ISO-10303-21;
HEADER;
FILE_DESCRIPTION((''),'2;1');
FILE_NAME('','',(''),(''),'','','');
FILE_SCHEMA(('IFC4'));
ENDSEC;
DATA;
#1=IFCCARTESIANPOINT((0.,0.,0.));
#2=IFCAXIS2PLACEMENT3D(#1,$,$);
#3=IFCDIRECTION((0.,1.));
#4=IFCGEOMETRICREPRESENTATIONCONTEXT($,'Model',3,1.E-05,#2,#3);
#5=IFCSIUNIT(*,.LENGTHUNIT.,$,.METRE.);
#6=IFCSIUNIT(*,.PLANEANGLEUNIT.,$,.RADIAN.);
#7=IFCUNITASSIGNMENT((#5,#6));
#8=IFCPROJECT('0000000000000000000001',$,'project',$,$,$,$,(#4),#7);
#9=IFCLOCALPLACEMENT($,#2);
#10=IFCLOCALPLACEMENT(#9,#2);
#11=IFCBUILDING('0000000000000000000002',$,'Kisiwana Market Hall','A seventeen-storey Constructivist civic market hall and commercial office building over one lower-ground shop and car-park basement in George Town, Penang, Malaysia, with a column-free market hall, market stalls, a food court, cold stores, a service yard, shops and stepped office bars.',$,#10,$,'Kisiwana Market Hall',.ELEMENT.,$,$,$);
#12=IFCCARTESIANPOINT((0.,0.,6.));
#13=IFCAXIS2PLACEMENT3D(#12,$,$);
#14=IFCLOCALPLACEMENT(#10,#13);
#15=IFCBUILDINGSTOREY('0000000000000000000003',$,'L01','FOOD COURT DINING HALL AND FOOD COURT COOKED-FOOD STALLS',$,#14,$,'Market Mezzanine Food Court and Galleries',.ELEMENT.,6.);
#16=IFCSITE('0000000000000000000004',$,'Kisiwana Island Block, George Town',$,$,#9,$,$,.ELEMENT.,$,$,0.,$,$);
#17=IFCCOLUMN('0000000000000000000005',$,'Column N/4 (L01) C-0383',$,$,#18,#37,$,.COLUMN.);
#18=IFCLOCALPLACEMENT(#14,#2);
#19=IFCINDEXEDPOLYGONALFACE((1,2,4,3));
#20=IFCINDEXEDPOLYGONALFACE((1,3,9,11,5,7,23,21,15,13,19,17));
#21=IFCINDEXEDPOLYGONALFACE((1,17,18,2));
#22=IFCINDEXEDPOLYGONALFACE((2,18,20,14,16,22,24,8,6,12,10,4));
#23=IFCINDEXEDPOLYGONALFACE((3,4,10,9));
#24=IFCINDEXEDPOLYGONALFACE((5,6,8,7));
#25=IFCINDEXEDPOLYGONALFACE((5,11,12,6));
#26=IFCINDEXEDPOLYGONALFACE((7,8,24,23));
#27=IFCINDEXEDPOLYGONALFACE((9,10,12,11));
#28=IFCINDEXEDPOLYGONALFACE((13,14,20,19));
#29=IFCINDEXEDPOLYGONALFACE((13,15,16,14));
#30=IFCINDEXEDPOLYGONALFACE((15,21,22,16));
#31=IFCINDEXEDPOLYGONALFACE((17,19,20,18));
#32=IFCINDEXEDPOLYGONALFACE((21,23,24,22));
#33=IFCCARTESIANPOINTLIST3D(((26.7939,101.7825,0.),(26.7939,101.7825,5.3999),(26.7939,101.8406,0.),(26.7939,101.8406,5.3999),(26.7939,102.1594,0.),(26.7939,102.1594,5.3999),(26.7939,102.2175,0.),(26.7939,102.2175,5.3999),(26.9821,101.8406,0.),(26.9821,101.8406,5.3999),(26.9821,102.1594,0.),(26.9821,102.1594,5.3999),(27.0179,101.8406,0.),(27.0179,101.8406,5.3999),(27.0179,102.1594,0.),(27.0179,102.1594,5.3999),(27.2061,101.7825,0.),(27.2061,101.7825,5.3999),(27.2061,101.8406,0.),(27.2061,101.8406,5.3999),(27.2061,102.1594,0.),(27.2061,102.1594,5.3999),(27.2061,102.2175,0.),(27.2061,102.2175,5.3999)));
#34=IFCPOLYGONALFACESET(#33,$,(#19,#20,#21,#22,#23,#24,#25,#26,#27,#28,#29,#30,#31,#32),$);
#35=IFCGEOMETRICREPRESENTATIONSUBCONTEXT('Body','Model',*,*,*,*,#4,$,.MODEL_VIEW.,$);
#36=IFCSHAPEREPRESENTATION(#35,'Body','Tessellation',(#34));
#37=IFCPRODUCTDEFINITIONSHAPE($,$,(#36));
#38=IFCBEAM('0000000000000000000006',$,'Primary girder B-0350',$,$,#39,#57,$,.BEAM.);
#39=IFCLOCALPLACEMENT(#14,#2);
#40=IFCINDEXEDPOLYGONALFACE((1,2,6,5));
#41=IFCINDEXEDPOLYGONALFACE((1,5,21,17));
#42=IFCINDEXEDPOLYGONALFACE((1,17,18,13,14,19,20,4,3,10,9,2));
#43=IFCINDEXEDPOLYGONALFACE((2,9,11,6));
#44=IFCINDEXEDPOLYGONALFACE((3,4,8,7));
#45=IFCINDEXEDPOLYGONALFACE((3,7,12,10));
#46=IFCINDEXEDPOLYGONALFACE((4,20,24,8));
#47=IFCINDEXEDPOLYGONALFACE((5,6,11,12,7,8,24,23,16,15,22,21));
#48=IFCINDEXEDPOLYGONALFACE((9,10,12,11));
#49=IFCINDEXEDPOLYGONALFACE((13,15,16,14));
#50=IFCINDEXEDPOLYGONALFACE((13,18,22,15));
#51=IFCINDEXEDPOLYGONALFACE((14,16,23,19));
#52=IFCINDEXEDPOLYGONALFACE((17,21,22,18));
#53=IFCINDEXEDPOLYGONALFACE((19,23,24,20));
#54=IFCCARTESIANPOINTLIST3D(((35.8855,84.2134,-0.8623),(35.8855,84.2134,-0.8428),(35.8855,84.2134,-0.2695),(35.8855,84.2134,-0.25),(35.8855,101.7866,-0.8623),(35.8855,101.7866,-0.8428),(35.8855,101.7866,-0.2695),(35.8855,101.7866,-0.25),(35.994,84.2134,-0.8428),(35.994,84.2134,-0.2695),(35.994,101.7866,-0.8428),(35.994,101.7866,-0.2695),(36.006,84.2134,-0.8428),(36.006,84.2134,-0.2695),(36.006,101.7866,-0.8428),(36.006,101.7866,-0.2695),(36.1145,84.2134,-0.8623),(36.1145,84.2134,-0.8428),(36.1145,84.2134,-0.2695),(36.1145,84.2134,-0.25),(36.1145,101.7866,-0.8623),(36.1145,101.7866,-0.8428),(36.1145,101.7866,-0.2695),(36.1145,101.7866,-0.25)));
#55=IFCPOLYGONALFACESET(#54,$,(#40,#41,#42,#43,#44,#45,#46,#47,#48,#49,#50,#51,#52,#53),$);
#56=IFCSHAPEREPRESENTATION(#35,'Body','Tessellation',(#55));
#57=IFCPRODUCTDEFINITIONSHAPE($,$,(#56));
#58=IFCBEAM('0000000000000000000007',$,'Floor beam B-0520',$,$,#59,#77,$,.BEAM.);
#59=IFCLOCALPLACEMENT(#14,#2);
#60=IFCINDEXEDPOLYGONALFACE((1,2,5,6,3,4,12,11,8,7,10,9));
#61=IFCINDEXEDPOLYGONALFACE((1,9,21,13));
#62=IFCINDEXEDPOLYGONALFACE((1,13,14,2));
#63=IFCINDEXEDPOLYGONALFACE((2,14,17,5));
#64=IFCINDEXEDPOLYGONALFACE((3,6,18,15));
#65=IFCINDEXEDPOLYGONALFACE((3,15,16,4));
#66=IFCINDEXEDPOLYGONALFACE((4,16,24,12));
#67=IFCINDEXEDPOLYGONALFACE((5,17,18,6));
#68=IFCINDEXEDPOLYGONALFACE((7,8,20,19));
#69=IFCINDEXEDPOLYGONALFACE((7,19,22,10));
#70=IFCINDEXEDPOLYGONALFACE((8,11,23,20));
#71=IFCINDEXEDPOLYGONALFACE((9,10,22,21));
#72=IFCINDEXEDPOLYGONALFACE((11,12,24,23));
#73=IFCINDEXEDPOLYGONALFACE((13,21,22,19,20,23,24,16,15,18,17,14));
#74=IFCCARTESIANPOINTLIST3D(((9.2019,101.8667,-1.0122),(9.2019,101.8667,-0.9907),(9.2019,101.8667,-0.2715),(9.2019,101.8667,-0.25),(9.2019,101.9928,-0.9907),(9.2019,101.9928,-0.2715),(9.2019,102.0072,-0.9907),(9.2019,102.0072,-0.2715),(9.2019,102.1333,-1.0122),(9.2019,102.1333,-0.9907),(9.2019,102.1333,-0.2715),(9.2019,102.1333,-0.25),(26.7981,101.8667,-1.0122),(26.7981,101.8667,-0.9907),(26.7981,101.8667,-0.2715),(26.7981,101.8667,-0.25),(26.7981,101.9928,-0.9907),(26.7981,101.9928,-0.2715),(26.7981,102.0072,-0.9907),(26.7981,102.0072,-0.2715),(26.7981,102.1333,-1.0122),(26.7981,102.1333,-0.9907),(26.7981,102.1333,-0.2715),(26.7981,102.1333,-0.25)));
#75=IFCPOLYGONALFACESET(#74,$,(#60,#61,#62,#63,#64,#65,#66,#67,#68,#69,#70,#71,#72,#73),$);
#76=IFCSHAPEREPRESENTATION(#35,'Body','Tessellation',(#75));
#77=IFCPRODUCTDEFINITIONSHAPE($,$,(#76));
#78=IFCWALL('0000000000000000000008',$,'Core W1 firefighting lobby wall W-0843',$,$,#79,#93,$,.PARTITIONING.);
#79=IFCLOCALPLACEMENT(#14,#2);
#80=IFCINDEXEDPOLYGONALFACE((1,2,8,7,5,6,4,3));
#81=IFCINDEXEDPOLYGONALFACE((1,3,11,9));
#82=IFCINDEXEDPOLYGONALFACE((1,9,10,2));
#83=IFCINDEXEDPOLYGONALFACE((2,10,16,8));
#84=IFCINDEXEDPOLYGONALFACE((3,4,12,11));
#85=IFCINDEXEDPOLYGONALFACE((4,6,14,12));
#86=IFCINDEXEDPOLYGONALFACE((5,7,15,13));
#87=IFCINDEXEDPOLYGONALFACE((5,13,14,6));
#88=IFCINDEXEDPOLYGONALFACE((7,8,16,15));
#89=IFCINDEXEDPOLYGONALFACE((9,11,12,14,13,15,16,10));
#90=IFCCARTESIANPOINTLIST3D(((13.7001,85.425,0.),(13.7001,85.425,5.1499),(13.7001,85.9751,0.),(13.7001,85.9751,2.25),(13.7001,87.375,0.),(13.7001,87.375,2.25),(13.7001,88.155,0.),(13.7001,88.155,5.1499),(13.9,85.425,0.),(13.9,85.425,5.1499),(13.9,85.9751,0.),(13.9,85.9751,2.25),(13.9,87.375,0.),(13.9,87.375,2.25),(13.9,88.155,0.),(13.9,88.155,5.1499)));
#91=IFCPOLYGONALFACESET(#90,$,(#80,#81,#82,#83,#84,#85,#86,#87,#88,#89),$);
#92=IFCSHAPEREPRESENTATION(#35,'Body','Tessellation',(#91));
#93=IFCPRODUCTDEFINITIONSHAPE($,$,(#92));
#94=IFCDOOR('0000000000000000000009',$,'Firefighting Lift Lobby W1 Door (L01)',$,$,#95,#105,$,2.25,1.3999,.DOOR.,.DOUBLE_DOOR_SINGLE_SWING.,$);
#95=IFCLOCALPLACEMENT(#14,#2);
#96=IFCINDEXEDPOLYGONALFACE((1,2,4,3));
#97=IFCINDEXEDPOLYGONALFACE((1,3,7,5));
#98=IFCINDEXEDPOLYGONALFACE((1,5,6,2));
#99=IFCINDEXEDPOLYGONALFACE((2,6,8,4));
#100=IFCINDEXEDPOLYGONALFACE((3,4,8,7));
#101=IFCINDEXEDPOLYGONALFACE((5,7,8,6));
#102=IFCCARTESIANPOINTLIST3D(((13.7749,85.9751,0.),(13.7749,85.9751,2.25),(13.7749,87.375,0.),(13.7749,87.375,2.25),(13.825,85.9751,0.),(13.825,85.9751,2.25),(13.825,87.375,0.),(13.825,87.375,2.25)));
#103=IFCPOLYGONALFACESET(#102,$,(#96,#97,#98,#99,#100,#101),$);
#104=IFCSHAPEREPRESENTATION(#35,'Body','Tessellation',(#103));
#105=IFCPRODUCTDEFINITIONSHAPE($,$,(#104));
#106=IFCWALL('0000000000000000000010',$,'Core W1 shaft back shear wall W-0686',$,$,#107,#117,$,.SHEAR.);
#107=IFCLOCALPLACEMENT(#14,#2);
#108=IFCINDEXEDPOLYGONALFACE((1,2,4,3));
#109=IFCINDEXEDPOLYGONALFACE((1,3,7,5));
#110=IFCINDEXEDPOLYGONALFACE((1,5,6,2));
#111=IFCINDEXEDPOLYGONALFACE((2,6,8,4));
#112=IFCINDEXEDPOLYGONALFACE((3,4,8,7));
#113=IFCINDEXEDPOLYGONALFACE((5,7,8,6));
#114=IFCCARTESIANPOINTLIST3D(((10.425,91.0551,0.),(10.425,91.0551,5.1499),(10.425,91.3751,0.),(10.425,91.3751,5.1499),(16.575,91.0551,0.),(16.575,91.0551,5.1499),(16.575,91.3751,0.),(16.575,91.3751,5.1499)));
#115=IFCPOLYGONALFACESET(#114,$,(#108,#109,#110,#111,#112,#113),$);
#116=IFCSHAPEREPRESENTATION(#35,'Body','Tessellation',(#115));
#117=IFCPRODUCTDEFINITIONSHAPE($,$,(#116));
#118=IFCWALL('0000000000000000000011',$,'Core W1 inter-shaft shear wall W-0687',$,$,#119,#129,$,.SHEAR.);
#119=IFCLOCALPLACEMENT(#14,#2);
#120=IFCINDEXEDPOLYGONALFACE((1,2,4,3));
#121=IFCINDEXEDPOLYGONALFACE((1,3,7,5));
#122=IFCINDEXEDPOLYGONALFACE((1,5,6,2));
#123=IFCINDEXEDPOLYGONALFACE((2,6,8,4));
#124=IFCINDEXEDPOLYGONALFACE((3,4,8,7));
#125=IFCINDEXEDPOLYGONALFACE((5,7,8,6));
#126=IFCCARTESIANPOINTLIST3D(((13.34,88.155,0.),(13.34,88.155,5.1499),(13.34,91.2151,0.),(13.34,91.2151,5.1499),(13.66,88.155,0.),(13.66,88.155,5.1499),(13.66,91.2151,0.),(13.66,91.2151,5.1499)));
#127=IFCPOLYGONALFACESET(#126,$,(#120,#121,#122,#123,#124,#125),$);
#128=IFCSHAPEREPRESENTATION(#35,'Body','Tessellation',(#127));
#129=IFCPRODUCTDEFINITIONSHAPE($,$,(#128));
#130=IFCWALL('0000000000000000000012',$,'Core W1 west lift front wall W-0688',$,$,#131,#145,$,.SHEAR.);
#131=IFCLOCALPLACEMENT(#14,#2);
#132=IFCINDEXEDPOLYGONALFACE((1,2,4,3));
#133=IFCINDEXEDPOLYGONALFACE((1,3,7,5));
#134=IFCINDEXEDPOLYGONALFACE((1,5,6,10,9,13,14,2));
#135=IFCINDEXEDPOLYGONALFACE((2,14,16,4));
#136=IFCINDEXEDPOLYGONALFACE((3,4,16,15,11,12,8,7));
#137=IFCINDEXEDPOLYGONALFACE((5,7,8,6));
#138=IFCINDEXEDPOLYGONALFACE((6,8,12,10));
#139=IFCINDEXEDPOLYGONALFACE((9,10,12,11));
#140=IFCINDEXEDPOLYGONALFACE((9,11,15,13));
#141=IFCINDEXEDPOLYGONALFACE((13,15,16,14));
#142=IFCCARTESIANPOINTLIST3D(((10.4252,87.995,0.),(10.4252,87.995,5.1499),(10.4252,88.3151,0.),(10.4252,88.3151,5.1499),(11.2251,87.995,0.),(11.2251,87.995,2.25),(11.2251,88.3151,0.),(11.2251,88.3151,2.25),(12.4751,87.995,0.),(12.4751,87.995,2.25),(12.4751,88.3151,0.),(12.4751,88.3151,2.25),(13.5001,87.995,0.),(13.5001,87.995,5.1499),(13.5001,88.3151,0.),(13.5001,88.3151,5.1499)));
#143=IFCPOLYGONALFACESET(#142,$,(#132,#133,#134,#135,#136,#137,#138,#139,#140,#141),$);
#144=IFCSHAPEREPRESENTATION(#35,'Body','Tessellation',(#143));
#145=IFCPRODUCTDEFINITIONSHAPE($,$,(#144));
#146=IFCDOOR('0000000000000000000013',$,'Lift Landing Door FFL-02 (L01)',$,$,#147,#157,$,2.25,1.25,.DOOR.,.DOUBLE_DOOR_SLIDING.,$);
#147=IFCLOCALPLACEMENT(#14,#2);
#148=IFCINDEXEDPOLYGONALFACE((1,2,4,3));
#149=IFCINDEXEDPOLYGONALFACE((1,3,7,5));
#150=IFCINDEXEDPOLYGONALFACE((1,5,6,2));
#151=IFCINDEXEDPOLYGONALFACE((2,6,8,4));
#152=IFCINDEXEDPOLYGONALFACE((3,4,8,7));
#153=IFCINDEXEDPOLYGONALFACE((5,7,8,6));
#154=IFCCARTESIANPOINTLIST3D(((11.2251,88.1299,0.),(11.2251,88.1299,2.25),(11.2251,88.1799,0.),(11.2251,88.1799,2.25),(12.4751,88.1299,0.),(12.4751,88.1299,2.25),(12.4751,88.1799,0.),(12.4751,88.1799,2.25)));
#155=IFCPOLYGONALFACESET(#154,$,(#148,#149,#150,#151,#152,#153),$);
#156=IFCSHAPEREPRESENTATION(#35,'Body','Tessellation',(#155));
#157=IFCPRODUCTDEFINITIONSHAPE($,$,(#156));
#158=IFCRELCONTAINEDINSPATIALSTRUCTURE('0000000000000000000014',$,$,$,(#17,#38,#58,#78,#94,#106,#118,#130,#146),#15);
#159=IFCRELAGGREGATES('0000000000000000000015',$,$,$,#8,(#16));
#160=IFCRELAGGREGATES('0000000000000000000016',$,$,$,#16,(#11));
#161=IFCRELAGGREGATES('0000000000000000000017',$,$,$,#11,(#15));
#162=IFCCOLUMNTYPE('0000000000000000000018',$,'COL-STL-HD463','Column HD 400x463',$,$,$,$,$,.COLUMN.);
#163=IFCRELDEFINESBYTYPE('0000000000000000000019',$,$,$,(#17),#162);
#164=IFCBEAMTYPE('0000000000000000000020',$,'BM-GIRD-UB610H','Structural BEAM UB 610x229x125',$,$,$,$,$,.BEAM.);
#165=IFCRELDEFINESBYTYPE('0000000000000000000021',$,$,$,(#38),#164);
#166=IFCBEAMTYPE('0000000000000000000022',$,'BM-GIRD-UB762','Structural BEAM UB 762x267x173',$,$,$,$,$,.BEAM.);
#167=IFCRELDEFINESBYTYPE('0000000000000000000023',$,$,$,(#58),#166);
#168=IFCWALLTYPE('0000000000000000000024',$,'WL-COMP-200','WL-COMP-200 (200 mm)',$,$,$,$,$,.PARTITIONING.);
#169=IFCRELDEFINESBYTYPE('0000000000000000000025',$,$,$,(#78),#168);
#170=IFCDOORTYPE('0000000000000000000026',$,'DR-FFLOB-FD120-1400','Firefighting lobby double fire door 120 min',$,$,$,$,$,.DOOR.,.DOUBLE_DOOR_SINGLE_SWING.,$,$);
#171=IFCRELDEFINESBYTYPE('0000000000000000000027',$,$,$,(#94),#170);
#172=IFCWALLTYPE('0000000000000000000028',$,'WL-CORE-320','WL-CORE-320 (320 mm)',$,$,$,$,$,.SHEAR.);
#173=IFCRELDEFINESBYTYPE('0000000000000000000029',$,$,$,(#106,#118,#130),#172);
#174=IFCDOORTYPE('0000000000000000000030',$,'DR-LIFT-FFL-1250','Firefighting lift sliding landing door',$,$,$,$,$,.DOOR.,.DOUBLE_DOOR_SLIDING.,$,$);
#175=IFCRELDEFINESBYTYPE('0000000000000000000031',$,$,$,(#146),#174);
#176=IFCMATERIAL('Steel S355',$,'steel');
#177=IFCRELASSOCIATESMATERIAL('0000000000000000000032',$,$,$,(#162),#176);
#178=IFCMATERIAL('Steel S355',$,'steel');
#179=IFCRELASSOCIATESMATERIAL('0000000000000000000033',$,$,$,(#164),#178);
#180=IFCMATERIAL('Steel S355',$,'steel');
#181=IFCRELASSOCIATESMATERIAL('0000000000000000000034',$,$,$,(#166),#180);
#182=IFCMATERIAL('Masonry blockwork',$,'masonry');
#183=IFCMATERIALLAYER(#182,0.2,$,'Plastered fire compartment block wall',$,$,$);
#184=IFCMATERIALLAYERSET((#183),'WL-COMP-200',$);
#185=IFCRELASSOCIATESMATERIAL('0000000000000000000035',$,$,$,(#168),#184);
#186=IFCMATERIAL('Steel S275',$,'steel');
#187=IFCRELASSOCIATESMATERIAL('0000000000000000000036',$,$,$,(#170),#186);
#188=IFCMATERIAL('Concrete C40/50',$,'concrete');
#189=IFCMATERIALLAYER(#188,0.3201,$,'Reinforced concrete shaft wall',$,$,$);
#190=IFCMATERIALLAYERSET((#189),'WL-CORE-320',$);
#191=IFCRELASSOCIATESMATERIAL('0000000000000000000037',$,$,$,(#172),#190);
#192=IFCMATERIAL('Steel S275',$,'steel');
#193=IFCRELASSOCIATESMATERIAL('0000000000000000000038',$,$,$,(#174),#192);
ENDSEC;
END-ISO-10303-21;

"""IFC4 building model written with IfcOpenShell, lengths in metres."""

from ifc_helpers import new_model, si_unit, direction, frame, frame_2d, origin, origin_2d, place, context, subcontext, project, spatial, rectangle, i_section, extrude, material, layer, layer_set, material_profile, profile_set, type_object, element, fill, save


model = new_model("IFC4")

# Units and contexts
model_context = context("Model", 3, precision=1e-05, world=origin(), true_north=direction((0.0, 1.0)))
body_context = subcontext(model_context, "Body", "Model", "MODEL_VIEW")
ifc_project = project(units=[si_unit("LENGTHUNIT", "METRE"), si_unit("PLANEANGLEUNIT", "RADIAN")], contexts=[model_context])

# Site, building, storey
site_placement = place(None, origin())
site = spatial("IfcSite", under=ifc_project, at=site_placement, Name="Kisiwana Island Block, George Town", CompositionType="ELEMENT", RefElevation=0.0)
building_placement = place(site_placement, origin())
building = spatial("IfcBuilding", under=site, at=building_placement, Name="Kisiwana Market Hall", Description="A seventeen-storey Constructivist civic market hall and commercial office building over one lower-ground shop and car-park basement in George Town, Penang, Malaysia, with a column-free market hall, market stalls, a food court, cold stores, a service yard, shops and stepped office bars.", LongName="Kisiwana Market Hall", CompositionType="ELEMENT")
storey_placement = place(building_placement, frame((0.0, 0.0, 6.0)))
storey = spatial("IfcBuildingStorey", under=building, at=storey_placement, Name="L01", Description="FOOD COURT DINING HALL AND FOOD COURT COOKED-FOOD STALLS", LongName="Market Mezzanine Food Court and Galleries", CompositionType="ELEMENT", Elevation=6.0)

# Column
ifc_material_1 = material(Name="Steel S355", Category="steel")
ifc_material_profile_1 = material_profile(ifc_material_1, i_section(OverallWidth=0.4121, OverallDepth=0.4351, WebThickness=0.0359, FlangeThickness=0.0581, at=origin_2d()), Name="HD 400x463")
ifc_profile_set_1 = profile_set([ifc_material_profile_1], Name="Steel S355")
column_type = type_object("IfcColumnType", Name="COL-STL-HD463", Description="Column HD 400x463", PredefinedType="COLUMN", material=ifc_profile_set_1)
column_placement = place(storey_placement, frame((27.0, 102.0, 0.0), z_axis=(0.0, 0.0, 1.0), x_axis=(1.0, 0.0, 0.0)))
element("IfcColumn", 1, at=column_placement, inside=storey, type_object=column_type, Name="Column N/4 (L01) C-0383", PredefinedType="COLUMN", context=body_context, shape_type="SweptSolid", body=[
    extrude(i_section(OverallWidth=0.4121, OverallDepth=0.4351, WebThickness=0.0359, FlangeThickness=0.0581, at=origin_2d()), origin(), (0.0, 0.0, 1.0), 5.3999),
])

# Beams
ifc_material_2 = material(Name="Steel S355", Category="steel")
ifc_material_profile_2 = material_profile(ifc_material_2, i_section(OverallWidth=0.229, OverallDepth=0.6123, WebThickness=0.012, FlangeThickness=0.0195, at=origin_2d()), Name="UB 610x229x125")
ifc_profile_set_2 = profile_set([ifc_material_profile_2], Name="Steel S355")
beam_type_1 = type_object("IfcBeamType", Name="BM-GIRD-UB610H", Description="Structural BEAM UB 610x229x125", PredefinedType="BEAM", material=ifc_profile_set_2)
beam_1_placement = place(storey_placement, frame((36.0, 84.2134, -0.5562), z_axis=(0.0, 1.0, 0.0), x_axis=(-1.0, 0.0, 0.0)))
element("IfcBeam", 2, at=beam_1_placement, inside=storey, type_object=beam_type_1, Name="Primary girder B-0350", PredefinedType="BEAM", context=body_context, shape_type="SweptSolid", body=[
    extrude(i_section(OverallWidth=0.229, OverallDepth=0.6123, WebThickness=0.012, FlangeThickness=0.0195, at=origin_2d()), origin(), (0.0, 0.0, 1.0), 17.5732),
])
ifc_material_3 = material(Name="Steel S355", Category="steel")
ifc_material_profile_3 = material_profile(ifc_material_3, i_section(OverallWidth=0.2666, OverallDepth=0.7622, WebThickness=0.0144, FlangeThickness=0.0215, at=origin_2d()), Name="UB 762x267x173")
ifc_profile_set_3 = profile_set([ifc_material_profile_3], Name="Steel S355")
beam_type_2 = type_object("IfcBeamType", Name="BM-GIRD-UB762", Description="Structural BEAM UB 762x267x173", PredefinedType="BEAM", material=ifc_profile_set_3)
beam_2_placement = place(storey_placement, frame((9.2019, 102.0, -0.6311), z_axis=(1.0, 0.0, 0.0), x_axis=(0.0, 1.0, 0.0)))
element("IfcBeam", 3, at=beam_2_placement, inside=storey, type_object=beam_type_2, Name="Floor beam B-0520", PredefinedType="BEAM", context=body_context, shape_type="SweptSolid", body=[
    extrude(i_section(OverallWidth=0.2666, OverallDepth=0.7622, WebThickness=0.0144, FlangeThickness=0.0215, at=origin_2d()), origin(), (0.0, 0.0, 1.0), 17.5962),
])

# Wall, opening, door
ifc_material_4 = material(Name="Masonry blockwork", Category="masonry")
ifc_layer_1 = layer(ifc_material_4, 0.2, Name="Plastered fire compartment block wall")
ifc_layer_set_1 = layer_set([ifc_layer_1], Name="WL-COMP-200")
wall_type_1 = type_object("IfcWallType", Name="WL-COMP-200", Description="WL-COMP-200 (200 mm)", PredefinedType="PARTITIONING", material=ifc_layer_set_1)
wall_1_placement = place(storey_placement, frame((13.8, 85.425, 0.0), z_axis=(0.0, 0.0, 1.0), x_axis=(0.0, 1.0, 0.0)))
wall_1 = element("IfcWall", 4, at=wall_1_placement, inside=storey, type_object=wall_type_1, Name="Core W1 firefighting lobby wall W-0843", PredefinedType="PARTITIONING", context=body_context, shape_type="SweptSolid", body=[
    extrude(rectangle(XDim=2.73, YDim=0.2, at=frame_2d((1.365, 0.0))), origin(), (0.0, 0.0, 1.0), 5.1499),
])
opening_1_placement = place(wall_1_placement, frame((0.55, 0.0, 0.0)))
opening_1 = element("IfcOpeningElement", 5, at=opening_1_placement, cuts=wall_1, PredefinedType="OPENING", context=body_context, shape_type="SweptSolid", body=[
    extrude(rectangle(XDim=1.3999, YDim=2.25, at=frame_2d((0.7, 1.125))), frame((0.0, 0.1118, 0.0), z_axis=(0.0, -1.0, 0.0), x_axis=(1.0, 0.0, 0.0)), (0.0, 0.0, 1.0), 0.2239),
])
ifc_material_5 = material(Name="Steel S275", Category="steel")
door_type_1 = type_object("IfcDoorType", Name="DR-FFLOB-FD120-1400", Description="Firefighting lobby double fire door 120 min", OperationType="DOUBLE_DOOR_SINGLE_SWING", PredefinedType="DOOR", material=ifc_material_5)
door_1_placement = place(opening_1_placement, frame((1.3999, 0.0, 0.0), z_axis=(0.0, 0.0, 1.0), x_axis=(-1.0, 0.0, 0.0)))
door_1 = element("IfcDoor", 6, at=door_1_placement, inside=storey, type_object=door_type_1, Name="Firefighting Lift Lobby W1 Door (L01)", OperationType="DOUBLE_DOOR_SINGLE_SWING", OverallHeight=2.25, OverallWidth=1.3999, PredefinedType="DOOR", context=body_context, shape_type="SweptSolid", body=[
    extrude(rectangle(XDim=1.3999, YDim=2.25, at=frame_2d((0.7, 1.125))), frame((0.0, 0.0249, 0.0), z_axis=(0.0, -1.0, 0.0), x_axis=(1.0, 0.0, 0.0)), (0.0, 0.0, 1.0), 0.05),
])
fill(opening_1, door_1)

# Walls
ifc_material_6 = material(Name="Concrete C40/50", Category="concrete")
ifc_layer_2 = layer(ifc_material_6, 0.3201, Name="Reinforced concrete shaft wall")
ifc_layer_set_2 = layer_set([ifc_layer_2], Name="WL-CORE-320")
wall_type_2 = type_object("IfcWallType", Name="WL-CORE-320", Description="WL-CORE-320 (320 mm)", PredefinedType="SHEAR", material=ifc_layer_set_2)
wall_2_placement = place(storey_placement, frame((10.425, 91.2151, 0.0), z_axis=(0.0, 0.0, 1.0), x_axis=(1.0, 0.0, 0.0)))
element("IfcWall", 7, at=wall_2_placement, inside=storey, type_object=wall_type_2, Name="Core W1 shaft back shear wall W-0686", PredefinedType="SHEAR", context=body_context, shape_type="SweptSolid", body=[
    extrude(rectangle(XDim=6.1499, YDim=0.3201, at=frame_2d((3.075, 0.0))), origin(), (0.0, 0.0, 1.0), 5.1499),
])
wall_3_placement = place(storey_placement, frame((13.5, 88.155, 0.0), z_axis=(0.0, 0.0, 1.0), x_axis=(0.0, 1.0, 0.0)))
element("IfcWall", 8, at=wall_3_placement, inside=storey, type_object=wall_type_2, Name="Core W1 inter-shaft shear wall W-0687", PredefinedType="SHEAR", context=body_context, shape_type="SweptSolid", body=[
    extrude(rectangle(XDim=3.0601, YDim=0.3201, at=frame_2d((1.53, 0.0))), origin(), (0.0, 0.0, 1.0), 5.1499),
])

# Wall, opening, door
wall_4_placement = place(storey_placement, frame((10.425, 88.155, 0.0), z_axis=(0.0, 0.0, 1.0), x_axis=(1.0, 0.0, 0.0)))
wall_4 = element("IfcWall", 9, at=wall_4_placement, inside=storey, type_object=wall_type_2, Name="Core W1 west lift front wall W-0688", PredefinedType="SHEAR", context=body_context, shape_type="SweptSolid", body=[
    extrude(rectangle(XDim=3.075, YDim=0.3201, at=frame_2d((1.5376, 0.0))), origin(), (0.0, 0.0, 1.0), 5.1499),
])
opening_2_placement = place(wall_4_placement, frame((0.8, 0.0, 0.0)))
opening_2 = element("IfcOpeningElement", 10, at=opening_2_placement, cuts=wall_4, PredefinedType="OPENING", context=body_context, shape_type="SweptSolid", body=[
    extrude(rectangle(XDim=1.25, YDim=2.25, at=frame_2d((0.625, 1.125))), frame((0.0, 0.1719, 0.0), z_axis=(0.0, -1.0, 0.0), x_axis=(1.0, 0.0, 0.0)), (0.0, 0.0, 1.0), 0.344),
])
ifc_material_7 = material(Name="Steel S275", Category="steel")
door_type_2 = type_object("IfcDoorType", Name="DR-LIFT-FFL-1250", Description="Firefighting lift sliding landing door", OperationType="DOUBLE_DOOR_SLIDING", PredefinedType="DOOR", material=ifc_material_7)
door_2_placement = place(opening_2_placement, origin())
door_2 = element("IfcDoor", 11, at=door_2_placement, inside=storey, type_object=door_type_2, Name="Lift Landing Door FFL-02 (L01)", OperationType="DOUBLE_DOOR_SLIDING", OverallHeight=2.25, OverallWidth=1.25, PredefinedType="DOOR", context=body_context, shape_type="SweptSolid", body=[
    extrude(rectangle(XDim=1.25, YDim=2.25, at=frame_2d((0.625, 1.125))), frame((0.0, 0.0249, 0.0), z_axis=(0.0, -1.0, 0.0), x_axis=(1.0, 0.0, 0.0)), (0.0, 0.0, 1.0), 0.05),
])
fill(opening_2, door_2)

save(model, "model.ifc")
